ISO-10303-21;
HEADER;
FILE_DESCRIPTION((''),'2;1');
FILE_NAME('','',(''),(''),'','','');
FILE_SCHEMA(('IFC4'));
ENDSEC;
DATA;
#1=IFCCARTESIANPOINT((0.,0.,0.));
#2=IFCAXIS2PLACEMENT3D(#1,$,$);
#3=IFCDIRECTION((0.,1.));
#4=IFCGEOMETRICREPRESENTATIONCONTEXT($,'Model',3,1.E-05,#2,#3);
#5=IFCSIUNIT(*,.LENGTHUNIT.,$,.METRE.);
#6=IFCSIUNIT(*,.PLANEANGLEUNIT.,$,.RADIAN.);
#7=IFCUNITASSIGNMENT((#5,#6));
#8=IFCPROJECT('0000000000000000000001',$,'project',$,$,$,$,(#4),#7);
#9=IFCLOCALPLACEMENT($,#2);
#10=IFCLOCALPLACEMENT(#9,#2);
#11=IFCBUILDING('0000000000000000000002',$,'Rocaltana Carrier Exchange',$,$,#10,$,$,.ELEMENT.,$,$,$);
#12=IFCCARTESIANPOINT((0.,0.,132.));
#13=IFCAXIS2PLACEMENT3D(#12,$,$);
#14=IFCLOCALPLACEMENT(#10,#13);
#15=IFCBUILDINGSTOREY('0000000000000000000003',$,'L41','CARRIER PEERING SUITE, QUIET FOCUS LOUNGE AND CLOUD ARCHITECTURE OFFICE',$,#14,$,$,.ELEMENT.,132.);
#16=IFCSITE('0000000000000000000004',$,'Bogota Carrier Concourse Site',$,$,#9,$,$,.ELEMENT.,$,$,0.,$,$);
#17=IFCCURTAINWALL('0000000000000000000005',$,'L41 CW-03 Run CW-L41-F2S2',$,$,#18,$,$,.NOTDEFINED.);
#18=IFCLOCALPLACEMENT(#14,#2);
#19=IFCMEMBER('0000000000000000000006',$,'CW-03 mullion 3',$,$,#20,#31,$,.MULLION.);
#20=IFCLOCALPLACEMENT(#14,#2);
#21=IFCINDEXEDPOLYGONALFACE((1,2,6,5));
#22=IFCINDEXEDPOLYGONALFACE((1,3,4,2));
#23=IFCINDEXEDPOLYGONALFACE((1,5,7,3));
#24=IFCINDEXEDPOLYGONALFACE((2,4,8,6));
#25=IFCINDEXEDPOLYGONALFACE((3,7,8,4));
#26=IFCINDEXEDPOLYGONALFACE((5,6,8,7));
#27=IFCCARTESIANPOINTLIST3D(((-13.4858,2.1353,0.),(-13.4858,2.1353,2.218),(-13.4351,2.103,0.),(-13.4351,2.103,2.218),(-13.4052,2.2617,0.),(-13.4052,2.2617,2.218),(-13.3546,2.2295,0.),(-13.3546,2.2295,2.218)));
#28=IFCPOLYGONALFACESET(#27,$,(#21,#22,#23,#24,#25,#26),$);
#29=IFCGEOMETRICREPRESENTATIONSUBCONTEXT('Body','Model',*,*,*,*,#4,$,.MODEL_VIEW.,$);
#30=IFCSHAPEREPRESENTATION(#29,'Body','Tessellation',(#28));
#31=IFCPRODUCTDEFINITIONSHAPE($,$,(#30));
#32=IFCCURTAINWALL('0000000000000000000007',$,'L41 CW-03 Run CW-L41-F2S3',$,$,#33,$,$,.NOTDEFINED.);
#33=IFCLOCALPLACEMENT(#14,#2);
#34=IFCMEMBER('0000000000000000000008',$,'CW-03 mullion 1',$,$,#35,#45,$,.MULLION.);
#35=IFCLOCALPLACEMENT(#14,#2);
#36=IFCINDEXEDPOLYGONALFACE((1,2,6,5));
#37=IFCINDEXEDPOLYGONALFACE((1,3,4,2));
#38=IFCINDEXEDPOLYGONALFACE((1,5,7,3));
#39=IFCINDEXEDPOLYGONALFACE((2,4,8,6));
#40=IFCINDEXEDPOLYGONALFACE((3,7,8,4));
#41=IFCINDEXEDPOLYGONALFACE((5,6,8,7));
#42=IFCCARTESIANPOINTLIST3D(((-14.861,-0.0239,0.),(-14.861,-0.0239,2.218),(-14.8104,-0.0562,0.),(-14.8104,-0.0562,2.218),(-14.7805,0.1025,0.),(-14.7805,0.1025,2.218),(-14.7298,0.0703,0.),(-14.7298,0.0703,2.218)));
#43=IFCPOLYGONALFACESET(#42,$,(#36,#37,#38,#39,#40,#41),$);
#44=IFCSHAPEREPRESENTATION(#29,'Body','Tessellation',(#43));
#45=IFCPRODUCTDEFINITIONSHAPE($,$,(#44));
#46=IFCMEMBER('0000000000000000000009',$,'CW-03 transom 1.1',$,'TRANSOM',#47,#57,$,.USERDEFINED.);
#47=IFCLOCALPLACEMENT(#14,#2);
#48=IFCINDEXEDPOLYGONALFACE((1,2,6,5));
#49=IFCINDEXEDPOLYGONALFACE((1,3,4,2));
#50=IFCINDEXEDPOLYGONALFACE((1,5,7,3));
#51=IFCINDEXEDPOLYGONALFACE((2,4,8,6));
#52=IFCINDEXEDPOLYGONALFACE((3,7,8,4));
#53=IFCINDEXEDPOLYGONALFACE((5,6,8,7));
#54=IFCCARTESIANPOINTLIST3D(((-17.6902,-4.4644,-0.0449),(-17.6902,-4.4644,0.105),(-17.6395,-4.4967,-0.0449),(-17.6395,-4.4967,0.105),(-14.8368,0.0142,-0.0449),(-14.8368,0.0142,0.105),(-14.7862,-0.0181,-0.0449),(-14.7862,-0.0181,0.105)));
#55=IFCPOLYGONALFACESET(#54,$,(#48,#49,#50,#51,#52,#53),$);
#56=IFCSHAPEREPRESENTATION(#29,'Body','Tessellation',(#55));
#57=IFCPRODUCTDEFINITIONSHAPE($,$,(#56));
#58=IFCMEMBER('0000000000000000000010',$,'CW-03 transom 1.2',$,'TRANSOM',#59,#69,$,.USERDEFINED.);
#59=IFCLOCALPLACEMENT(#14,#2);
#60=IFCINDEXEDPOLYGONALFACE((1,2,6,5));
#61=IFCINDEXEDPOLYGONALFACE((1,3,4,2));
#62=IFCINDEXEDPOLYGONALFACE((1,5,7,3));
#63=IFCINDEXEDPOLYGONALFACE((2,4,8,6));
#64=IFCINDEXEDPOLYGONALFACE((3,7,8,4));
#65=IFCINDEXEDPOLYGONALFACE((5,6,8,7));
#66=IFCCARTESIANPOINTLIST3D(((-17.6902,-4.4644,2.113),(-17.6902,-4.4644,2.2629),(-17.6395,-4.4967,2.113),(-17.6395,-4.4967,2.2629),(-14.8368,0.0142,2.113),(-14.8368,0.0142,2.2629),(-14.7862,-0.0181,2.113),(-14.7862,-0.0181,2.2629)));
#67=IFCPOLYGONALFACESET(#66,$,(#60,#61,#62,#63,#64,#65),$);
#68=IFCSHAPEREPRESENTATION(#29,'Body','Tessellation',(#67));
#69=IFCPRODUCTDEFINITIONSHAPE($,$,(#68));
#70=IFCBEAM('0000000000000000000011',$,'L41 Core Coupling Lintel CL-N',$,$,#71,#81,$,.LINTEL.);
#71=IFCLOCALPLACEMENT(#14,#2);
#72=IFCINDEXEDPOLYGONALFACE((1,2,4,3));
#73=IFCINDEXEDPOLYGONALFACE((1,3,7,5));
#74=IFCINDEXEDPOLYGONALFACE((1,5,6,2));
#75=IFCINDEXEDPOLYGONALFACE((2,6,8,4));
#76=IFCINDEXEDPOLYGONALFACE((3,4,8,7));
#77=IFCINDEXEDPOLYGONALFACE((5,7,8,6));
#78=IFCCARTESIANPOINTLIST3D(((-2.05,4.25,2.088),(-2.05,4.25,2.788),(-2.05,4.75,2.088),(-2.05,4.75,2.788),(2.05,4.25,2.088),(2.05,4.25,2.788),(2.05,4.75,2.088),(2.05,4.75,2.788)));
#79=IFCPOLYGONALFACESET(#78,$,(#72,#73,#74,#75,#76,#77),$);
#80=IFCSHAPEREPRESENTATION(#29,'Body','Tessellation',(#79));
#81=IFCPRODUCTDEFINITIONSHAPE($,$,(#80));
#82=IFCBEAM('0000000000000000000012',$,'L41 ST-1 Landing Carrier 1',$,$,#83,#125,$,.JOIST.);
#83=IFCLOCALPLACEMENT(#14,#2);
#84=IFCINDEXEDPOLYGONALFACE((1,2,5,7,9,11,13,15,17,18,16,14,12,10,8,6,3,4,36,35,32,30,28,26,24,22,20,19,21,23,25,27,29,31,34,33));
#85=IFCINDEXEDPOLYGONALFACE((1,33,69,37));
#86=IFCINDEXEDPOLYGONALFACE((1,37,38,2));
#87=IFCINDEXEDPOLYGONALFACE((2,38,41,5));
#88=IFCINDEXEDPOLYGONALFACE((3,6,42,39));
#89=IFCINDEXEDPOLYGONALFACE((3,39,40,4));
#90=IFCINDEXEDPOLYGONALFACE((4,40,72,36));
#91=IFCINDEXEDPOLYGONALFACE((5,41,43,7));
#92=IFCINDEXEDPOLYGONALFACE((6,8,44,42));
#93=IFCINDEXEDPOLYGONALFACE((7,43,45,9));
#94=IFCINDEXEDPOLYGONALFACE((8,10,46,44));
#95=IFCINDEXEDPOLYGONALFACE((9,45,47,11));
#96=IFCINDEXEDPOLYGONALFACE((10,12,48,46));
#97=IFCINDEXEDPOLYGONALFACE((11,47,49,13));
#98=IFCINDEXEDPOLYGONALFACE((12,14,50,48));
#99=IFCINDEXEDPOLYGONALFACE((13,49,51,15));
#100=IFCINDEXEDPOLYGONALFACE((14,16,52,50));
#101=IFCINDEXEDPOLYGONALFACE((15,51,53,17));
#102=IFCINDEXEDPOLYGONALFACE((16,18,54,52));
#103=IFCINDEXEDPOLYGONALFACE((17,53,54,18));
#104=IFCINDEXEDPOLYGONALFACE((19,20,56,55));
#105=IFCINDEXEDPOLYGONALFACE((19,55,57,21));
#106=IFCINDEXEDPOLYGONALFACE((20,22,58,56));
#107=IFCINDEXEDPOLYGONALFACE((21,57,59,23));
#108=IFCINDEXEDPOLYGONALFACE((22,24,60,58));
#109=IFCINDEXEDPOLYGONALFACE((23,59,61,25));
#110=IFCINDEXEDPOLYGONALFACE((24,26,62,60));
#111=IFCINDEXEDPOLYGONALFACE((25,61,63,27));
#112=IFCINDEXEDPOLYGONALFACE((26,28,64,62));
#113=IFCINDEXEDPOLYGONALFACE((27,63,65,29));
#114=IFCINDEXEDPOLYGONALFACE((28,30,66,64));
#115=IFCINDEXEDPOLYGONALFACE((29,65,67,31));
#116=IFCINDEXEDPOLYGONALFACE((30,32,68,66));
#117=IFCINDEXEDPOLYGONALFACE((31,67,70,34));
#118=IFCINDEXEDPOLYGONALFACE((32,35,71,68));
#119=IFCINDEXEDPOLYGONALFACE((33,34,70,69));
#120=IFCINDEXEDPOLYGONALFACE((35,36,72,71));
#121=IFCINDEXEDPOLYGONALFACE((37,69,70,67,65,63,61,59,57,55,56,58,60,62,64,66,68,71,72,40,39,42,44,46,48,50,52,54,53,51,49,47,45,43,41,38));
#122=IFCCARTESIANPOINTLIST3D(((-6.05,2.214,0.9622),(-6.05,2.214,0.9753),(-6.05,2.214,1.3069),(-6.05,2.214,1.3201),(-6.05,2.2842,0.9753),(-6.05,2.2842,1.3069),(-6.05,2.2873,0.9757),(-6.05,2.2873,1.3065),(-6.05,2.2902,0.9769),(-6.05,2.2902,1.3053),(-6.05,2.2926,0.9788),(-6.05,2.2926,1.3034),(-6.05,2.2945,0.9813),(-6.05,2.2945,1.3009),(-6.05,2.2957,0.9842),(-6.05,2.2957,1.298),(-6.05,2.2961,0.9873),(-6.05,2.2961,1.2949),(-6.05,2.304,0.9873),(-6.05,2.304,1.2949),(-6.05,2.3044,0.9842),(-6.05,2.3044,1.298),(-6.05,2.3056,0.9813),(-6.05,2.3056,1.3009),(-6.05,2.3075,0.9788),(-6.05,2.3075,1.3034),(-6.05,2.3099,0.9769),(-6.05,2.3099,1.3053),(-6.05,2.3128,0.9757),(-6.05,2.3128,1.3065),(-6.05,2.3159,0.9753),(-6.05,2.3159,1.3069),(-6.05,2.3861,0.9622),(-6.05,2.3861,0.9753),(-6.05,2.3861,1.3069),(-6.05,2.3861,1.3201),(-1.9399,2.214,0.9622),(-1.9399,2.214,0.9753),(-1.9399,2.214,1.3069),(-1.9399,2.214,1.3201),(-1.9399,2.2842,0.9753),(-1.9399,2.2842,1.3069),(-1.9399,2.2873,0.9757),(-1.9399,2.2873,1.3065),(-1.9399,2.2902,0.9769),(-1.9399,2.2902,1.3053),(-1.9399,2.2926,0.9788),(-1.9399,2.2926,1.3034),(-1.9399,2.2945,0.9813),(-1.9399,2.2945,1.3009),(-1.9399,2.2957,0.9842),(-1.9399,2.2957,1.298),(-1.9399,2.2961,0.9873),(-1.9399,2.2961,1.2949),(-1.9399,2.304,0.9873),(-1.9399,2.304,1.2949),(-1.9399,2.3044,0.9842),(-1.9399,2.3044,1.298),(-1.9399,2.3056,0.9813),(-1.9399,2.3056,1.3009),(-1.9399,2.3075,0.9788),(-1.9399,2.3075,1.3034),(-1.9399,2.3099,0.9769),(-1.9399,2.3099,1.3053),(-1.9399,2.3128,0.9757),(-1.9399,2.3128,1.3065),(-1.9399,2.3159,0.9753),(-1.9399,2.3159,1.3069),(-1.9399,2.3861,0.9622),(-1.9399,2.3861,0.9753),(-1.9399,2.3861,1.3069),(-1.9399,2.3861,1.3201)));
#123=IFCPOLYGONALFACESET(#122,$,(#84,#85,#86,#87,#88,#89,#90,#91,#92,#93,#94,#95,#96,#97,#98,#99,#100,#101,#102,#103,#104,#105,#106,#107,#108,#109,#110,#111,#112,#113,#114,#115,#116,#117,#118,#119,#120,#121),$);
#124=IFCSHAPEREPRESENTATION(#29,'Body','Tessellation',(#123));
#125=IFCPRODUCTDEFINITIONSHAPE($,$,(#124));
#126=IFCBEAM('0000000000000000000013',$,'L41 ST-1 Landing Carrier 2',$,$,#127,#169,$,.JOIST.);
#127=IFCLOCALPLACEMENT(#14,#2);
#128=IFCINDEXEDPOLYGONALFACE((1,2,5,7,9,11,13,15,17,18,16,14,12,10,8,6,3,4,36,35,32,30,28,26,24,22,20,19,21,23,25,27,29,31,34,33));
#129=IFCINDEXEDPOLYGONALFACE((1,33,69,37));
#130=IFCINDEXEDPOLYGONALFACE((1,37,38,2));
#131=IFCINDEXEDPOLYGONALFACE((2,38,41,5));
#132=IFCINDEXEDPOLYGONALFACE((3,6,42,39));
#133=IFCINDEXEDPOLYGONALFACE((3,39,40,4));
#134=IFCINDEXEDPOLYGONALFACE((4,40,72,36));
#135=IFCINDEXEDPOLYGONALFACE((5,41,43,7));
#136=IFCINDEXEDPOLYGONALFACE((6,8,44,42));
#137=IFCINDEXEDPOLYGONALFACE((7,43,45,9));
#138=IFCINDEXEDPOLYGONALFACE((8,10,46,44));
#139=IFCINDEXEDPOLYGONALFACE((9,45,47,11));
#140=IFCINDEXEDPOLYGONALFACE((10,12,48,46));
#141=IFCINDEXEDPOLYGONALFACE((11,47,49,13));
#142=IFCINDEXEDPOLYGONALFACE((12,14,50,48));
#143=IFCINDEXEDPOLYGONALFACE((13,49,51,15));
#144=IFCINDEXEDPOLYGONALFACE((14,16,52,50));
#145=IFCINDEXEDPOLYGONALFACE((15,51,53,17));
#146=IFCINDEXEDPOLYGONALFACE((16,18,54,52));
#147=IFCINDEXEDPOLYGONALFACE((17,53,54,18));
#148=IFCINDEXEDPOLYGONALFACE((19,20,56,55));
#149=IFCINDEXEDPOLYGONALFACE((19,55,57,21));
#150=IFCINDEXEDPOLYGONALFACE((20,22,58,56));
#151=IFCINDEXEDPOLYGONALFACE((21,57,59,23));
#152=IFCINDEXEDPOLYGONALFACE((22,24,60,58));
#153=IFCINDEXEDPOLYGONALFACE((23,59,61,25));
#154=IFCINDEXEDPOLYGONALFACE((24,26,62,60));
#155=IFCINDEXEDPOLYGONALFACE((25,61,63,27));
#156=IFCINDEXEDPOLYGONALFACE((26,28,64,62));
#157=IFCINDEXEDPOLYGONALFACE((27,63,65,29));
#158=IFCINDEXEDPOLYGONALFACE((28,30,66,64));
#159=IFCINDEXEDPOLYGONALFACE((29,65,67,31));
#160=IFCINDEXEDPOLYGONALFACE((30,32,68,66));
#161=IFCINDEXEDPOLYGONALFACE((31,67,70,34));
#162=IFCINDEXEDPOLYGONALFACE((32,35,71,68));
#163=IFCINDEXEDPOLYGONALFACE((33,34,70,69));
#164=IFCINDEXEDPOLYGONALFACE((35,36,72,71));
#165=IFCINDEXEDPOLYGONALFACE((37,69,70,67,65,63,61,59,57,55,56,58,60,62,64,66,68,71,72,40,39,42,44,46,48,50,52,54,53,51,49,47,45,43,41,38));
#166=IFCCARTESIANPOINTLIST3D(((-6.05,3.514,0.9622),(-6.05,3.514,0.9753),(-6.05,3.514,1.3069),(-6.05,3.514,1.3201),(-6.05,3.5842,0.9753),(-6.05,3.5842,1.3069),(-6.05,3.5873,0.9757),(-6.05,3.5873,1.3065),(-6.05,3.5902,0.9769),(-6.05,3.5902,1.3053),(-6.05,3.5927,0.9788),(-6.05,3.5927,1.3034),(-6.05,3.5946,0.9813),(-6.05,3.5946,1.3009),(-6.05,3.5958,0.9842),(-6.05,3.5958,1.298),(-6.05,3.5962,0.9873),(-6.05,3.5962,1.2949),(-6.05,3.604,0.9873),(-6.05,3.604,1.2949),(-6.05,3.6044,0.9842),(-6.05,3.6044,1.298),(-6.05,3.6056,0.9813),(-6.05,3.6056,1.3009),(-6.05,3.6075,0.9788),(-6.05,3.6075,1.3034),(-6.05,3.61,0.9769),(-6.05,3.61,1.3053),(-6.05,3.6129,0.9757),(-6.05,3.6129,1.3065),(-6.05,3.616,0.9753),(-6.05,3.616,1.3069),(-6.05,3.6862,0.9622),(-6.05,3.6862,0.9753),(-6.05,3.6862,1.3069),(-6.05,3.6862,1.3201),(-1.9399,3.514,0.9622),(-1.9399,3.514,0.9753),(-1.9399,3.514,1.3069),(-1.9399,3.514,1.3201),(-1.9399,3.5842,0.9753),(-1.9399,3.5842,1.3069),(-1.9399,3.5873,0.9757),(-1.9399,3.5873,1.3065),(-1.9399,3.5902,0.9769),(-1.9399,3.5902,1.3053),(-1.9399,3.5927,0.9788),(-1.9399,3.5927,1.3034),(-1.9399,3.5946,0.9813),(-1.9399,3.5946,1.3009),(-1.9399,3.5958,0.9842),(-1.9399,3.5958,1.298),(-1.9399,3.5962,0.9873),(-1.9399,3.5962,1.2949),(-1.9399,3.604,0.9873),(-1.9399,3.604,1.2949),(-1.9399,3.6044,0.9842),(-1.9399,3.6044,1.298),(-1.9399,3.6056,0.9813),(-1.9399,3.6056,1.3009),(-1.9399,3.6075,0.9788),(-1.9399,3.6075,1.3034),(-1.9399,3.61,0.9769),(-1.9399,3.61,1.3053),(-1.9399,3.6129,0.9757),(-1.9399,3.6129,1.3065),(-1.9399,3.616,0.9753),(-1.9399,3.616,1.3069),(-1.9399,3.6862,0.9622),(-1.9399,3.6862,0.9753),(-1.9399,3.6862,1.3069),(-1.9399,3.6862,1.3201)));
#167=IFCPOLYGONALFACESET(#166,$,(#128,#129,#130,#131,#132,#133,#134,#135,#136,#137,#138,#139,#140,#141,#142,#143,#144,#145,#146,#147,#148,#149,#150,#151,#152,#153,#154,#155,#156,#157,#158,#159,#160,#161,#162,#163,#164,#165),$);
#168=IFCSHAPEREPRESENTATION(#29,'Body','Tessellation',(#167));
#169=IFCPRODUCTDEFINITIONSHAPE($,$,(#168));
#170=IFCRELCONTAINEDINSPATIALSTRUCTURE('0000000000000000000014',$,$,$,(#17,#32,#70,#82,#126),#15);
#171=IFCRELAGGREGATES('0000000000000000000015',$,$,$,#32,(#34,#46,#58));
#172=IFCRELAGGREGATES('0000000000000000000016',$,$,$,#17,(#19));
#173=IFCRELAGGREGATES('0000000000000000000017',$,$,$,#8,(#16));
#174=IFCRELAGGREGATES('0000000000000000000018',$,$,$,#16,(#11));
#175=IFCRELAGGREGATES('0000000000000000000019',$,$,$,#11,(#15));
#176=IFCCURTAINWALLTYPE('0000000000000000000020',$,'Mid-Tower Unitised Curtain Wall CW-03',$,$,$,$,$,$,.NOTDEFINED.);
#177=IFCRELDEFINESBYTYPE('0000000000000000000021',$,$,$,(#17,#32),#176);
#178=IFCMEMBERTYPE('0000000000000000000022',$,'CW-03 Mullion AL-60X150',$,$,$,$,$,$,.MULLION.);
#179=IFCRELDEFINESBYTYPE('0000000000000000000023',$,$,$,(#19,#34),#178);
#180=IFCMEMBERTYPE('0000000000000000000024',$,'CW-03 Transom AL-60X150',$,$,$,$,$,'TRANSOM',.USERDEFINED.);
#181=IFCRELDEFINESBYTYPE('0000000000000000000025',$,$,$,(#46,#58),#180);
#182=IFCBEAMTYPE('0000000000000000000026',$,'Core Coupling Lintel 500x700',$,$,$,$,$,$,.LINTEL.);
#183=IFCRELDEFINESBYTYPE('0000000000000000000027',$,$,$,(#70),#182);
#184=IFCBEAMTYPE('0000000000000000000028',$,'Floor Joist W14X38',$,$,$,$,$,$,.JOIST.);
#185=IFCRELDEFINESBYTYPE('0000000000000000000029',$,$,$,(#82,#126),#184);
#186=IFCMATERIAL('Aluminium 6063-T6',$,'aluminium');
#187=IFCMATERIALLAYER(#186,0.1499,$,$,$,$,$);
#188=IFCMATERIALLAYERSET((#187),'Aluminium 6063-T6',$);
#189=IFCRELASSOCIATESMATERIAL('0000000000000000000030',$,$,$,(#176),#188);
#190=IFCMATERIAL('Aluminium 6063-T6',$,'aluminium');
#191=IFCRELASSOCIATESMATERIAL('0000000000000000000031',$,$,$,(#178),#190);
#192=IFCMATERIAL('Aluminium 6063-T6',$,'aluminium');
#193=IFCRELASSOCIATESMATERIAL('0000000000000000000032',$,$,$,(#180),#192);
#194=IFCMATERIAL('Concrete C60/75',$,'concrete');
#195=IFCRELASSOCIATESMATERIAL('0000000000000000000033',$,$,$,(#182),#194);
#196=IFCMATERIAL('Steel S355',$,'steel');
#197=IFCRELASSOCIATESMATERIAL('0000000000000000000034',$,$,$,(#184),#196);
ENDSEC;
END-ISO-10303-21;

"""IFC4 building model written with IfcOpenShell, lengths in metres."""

from ifc_helpers import new_model, si_unit, direction, frame, origin, origin_2d, place, context, subcontext, project, spatial, rectangle, i_section, extrude, material, layer, layer_set, material_profile, profile_set, type_object, element, aggregate, save


model = new_model("IFC4")

# Units and contexts
model_context = context("Model", 3, precision=1e-05, world=origin(), true_north=direction((0.0, 1.0)))
body_context = subcontext(model_context, "Body", "Model", "MODEL_VIEW")
ifc_project = project(units=[si_unit("LENGTHUNIT", "METRE"), si_unit("PLANEANGLEUNIT", "RADIAN")], contexts=[model_context])

# Site, building, storey
site_placement = place(None, origin())
site = spatial("IfcSite", under=ifc_project, at=site_placement, Name="Bogota Carrier Concourse Site", CompositionType="ELEMENT", RefElevation=0.0)
building_placement = place(site_placement, origin())
building = spatial("IfcBuilding", under=site, at=building_placement, Name="Rocaltana Carrier Exchange", CompositionType="ELEMENT")
storey_placement = place(building_placement, frame((0.0, 0.0, 132.0)))
storey = spatial("IfcBuildingStorey", under=building, at=storey_placement, Name="L41", Description="CARRIER PEERING SUITE, QUIET FOCUS LOUNGE AND CLOUD ARCHITECTURE OFFICE", CompositionType="ELEMENT", Elevation=132.0)

# Curtain wall, member
ifc_material_1 = material(Name="Aluminium 6063-T6", Category="aluminium")
ifc_layer_1 = layer(ifc_material_1, 0.1499)
ifc_layer_set_1 = layer_set([ifc_layer_1], Name="Aluminium 6063-T6")
curtain_wall_type = type_object("IfcCurtainWallType", Name="Mid-Tower Unitised Curtain Wall CW-03", PredefinedType="NOTDEFINED", material=ifc_layer_set_1)
curtain_wall_1_placement = place(storey_placement, origin())
curtain_wall_1 = element("IfcCurtainWall", 1, at=curtain_wall_1_placement, inside=storey, type_object=curtain_wall_type, Name="L41 CW-03 Run CW-L41-F2S2", PredefinedType="NOTDEFINED")
ifc_material_2 = material(Name="Aluminium 6063-T6", Category="aluminium")
ifc_material_profile_1 = material_profile(ifc_material_2, rectangle(XDim=0.0601, YDim=0.1499, at=origin_2d()), Name="AL-60X150")
ifc_profile_set_1 = profile_set([ifc_material_profile_1], Name="Aluminium 6063-T6")
member_type_1 = type_object("IfcMemberType", Name="CW-03 Mullion AL-60X150", PredefinedType="MULLION", material=ifc_profile_set_1)
member_1_placement = place(storey_placement, frame((-13.4202, 2.1824, 0.0), z_axis=(0.0, 0.0, 1.0), x_axis=(0.843391, -0.537301, 0.0)))
member_1 = element("IfcMember", 2, at=member_1_placement, type_object=member_type_1, Name="CW-03 mullion 3", PredefinedType="MULLION", context=body_context, shape_type="SweptSolid", body=[
    extrude(rectangle(XDim=0.0601, YDim=0.1499, at=origin_2d()), origin(), (0.0, 0.0, 1.0), 2.218),
])

# Curtain wall, members
curtain_wall_2_placement = place(storey_placement, origin())
curtain_wall_2 = element("IfcCurtainWall", 3, at=curtain_wall_2_placement, inside=storey, type_object=curtain_wall_type, Name="L41 CW-03 Run CW-L41-F2S3", PredefinedType="NOTDEFINED")
member_2_placement = place(storey_placement, frame((-14.7954, 0.0232, 0.0), z_axis=(0.0, 0.0, 1.0), x_axis=(0.843391, -0.537301, 0.0)))
member_2 = element("IfcMember", 4, at=member_2_placement, type_object=member_type_1, Name="CW-03 mullion 1", PredefinedType="MULLION", context=body_context, shape_type="SweptSolid", body=[
    extrude(rectangle(XDim=0.0601, YDim=0.1499, at=origin_2d()), origin(), (0.0, 0.0, 1.0), 2.218),
])
ifc_material_3 = material(Name="Aluminium 6063-T6", Category="aluminium")
ifc_material_profile_2 = material_profile(ifc_material_3, rectangle(XDim=0.0601, YDim=0.1499, at=origin_2d()), Name="AL-60X150")
ifc_profile_set_2 = profile_set([ifc_material_profile_2], Name="Aluminium 6063-T6")
member_type_2 = type_object("IfcMemberType", Name="CW-03 Transom AL-60X150", ElementType="TRANSOM", PredefinedType="USERDEFINED", material=ifc_profile_set_2)
member_3_placement = place(storey_placement, frame((-14.8115, -0.002, 0.03), z_axis=(-0.537319, -0.843379, 0.0), x_axis=(0.843379, -0.537319, 0.0)))
member_3 = element("IfcMember", 5, at=member_3_placement, type_object=member_type_2, Name="CW-03 transom 1.1", ObjectType="TRANSOM", PredefinedType="USERDEFINED", context=body_context, shape_type="SweptSolid", body=[
    extrude(rectangle(XDim=0.0601, YDim=0.1499, at=origin_2d()), origin(), (0.0, 0.0, 1.0), 5.3103),
])
member_4_placement = place(storey_placement, frame((-14.8115, -0.002, 2.188), z_axis=(-0.537319, -0.843379, 0.0), x_axis=(0.843379, -0.537319, 0.0)))
member_4 = element("IfcMember", 6, at=member_4_placement, type_object=member_type_2, Name="CW-03 transom 1.2", ObjectType="TRANSOM", PredefinedType="USERDEFINED", context=body_context, shape_type="SweptSolid", body=[
    extrude(rectangle(XDim=0.0601, YDim=0.1499, at=origin_2d()), origin(), (0.0, 0.0, 1.0), 5.3103),
])
aggregate(curtain_wall_2, [member_2, member_3, member_4])

# Beams
ifc_material_4 = material(Name="Concrete C60/75", Category="concrete")
ifc_material_profile_3 = material_profile(ifc_material_4, rectangle(XDim=0.5, YDim=0.7, at=origin_2d()), Name="RC-BM-500X700")
ifc_profile_set_3 = profile_set([ifc_material_profile_3], Name="Concrete C60/75")
beam_type_1 = type_object("IfcBeamType", Name="Core Coupling Lintel 500x700", PredefinedType="LINTEL", material=ifc_profile_set_3)
beam_1_placement = place(storey_placement, frame((-2.05, 4.5, 2.438), z_axis=(1.0, 0.0, 0.0), x_axis=(0.0, 1.0, 0.0)))
element("IfcBeam", 7, at=beam_1_placement, inside=storey, type_object=beam_type_1, Name="L41 Core Coupling Lintel CL-N", PredefinedType="LINTEL", context=body_context, shape_type="SweptSolid", body=[
    extrude(rectangle(XDim=0.5, YDim=0.7, at=origin_2d()), origin(), (0.0, 0.0, 1.0), 4.1001),
])
ifc_material_5 = material(Name="Steel S355", Category="steel")
ifc_material_profile_4 = material_profile(ifc_material_5, i_section(OverallWidth=0.1721, OverallDepth=0.3579, WebThickness=0.0078, FlangeThickness=0.0132, FilletRadius=0.012, at=origin_2d()), Name="W14X38")
ifc_profile_set_4 = profile_set([ifc_material_profile_4], Name="Steel S355")
beam_type_2 = type_object("IfcBeamType", Name="Floor Joist W14X38", PredefinedType="JOIST", material=ifc_profile_set_4)
for number, where, z_axis, x_axis, name in (
    (8, (-6.05, 2.3, 1.1411), (1.0, 0.0, 0.0), (0.0, 1.0, 0.0), "L41 ST-1 Landing Carrier 1"),
    (9, (-6.05, 3.6001, 1.1411), (1.0, 0.0, 0.0), (0.0, 1.0, 0.0), "L41 ST-1 Landing Carrier 2"),
):
    element("IfcBeam", number, at=place(storey_placement, frame(where, z_axis=z_axis, x_axis=x_axis)), inside=storey, type_object=beam_type_2, Name=name, PredefinedType="JOIST", context=body_context, shape_type="SweptSolid", body=[
        extrude(i_section(OverallWidth=0.1721, OverallDepth=0.3579, WebThickness=0.0078, FlangeThickness=0.0132, FilletRadius=0.012, at=origin_2d()), origin(), (0.0, 0.0, 1.0), 4.1101),
    ])

aggregate(curtain_wall_1, [member_1])

save(model, "model.ifc")
